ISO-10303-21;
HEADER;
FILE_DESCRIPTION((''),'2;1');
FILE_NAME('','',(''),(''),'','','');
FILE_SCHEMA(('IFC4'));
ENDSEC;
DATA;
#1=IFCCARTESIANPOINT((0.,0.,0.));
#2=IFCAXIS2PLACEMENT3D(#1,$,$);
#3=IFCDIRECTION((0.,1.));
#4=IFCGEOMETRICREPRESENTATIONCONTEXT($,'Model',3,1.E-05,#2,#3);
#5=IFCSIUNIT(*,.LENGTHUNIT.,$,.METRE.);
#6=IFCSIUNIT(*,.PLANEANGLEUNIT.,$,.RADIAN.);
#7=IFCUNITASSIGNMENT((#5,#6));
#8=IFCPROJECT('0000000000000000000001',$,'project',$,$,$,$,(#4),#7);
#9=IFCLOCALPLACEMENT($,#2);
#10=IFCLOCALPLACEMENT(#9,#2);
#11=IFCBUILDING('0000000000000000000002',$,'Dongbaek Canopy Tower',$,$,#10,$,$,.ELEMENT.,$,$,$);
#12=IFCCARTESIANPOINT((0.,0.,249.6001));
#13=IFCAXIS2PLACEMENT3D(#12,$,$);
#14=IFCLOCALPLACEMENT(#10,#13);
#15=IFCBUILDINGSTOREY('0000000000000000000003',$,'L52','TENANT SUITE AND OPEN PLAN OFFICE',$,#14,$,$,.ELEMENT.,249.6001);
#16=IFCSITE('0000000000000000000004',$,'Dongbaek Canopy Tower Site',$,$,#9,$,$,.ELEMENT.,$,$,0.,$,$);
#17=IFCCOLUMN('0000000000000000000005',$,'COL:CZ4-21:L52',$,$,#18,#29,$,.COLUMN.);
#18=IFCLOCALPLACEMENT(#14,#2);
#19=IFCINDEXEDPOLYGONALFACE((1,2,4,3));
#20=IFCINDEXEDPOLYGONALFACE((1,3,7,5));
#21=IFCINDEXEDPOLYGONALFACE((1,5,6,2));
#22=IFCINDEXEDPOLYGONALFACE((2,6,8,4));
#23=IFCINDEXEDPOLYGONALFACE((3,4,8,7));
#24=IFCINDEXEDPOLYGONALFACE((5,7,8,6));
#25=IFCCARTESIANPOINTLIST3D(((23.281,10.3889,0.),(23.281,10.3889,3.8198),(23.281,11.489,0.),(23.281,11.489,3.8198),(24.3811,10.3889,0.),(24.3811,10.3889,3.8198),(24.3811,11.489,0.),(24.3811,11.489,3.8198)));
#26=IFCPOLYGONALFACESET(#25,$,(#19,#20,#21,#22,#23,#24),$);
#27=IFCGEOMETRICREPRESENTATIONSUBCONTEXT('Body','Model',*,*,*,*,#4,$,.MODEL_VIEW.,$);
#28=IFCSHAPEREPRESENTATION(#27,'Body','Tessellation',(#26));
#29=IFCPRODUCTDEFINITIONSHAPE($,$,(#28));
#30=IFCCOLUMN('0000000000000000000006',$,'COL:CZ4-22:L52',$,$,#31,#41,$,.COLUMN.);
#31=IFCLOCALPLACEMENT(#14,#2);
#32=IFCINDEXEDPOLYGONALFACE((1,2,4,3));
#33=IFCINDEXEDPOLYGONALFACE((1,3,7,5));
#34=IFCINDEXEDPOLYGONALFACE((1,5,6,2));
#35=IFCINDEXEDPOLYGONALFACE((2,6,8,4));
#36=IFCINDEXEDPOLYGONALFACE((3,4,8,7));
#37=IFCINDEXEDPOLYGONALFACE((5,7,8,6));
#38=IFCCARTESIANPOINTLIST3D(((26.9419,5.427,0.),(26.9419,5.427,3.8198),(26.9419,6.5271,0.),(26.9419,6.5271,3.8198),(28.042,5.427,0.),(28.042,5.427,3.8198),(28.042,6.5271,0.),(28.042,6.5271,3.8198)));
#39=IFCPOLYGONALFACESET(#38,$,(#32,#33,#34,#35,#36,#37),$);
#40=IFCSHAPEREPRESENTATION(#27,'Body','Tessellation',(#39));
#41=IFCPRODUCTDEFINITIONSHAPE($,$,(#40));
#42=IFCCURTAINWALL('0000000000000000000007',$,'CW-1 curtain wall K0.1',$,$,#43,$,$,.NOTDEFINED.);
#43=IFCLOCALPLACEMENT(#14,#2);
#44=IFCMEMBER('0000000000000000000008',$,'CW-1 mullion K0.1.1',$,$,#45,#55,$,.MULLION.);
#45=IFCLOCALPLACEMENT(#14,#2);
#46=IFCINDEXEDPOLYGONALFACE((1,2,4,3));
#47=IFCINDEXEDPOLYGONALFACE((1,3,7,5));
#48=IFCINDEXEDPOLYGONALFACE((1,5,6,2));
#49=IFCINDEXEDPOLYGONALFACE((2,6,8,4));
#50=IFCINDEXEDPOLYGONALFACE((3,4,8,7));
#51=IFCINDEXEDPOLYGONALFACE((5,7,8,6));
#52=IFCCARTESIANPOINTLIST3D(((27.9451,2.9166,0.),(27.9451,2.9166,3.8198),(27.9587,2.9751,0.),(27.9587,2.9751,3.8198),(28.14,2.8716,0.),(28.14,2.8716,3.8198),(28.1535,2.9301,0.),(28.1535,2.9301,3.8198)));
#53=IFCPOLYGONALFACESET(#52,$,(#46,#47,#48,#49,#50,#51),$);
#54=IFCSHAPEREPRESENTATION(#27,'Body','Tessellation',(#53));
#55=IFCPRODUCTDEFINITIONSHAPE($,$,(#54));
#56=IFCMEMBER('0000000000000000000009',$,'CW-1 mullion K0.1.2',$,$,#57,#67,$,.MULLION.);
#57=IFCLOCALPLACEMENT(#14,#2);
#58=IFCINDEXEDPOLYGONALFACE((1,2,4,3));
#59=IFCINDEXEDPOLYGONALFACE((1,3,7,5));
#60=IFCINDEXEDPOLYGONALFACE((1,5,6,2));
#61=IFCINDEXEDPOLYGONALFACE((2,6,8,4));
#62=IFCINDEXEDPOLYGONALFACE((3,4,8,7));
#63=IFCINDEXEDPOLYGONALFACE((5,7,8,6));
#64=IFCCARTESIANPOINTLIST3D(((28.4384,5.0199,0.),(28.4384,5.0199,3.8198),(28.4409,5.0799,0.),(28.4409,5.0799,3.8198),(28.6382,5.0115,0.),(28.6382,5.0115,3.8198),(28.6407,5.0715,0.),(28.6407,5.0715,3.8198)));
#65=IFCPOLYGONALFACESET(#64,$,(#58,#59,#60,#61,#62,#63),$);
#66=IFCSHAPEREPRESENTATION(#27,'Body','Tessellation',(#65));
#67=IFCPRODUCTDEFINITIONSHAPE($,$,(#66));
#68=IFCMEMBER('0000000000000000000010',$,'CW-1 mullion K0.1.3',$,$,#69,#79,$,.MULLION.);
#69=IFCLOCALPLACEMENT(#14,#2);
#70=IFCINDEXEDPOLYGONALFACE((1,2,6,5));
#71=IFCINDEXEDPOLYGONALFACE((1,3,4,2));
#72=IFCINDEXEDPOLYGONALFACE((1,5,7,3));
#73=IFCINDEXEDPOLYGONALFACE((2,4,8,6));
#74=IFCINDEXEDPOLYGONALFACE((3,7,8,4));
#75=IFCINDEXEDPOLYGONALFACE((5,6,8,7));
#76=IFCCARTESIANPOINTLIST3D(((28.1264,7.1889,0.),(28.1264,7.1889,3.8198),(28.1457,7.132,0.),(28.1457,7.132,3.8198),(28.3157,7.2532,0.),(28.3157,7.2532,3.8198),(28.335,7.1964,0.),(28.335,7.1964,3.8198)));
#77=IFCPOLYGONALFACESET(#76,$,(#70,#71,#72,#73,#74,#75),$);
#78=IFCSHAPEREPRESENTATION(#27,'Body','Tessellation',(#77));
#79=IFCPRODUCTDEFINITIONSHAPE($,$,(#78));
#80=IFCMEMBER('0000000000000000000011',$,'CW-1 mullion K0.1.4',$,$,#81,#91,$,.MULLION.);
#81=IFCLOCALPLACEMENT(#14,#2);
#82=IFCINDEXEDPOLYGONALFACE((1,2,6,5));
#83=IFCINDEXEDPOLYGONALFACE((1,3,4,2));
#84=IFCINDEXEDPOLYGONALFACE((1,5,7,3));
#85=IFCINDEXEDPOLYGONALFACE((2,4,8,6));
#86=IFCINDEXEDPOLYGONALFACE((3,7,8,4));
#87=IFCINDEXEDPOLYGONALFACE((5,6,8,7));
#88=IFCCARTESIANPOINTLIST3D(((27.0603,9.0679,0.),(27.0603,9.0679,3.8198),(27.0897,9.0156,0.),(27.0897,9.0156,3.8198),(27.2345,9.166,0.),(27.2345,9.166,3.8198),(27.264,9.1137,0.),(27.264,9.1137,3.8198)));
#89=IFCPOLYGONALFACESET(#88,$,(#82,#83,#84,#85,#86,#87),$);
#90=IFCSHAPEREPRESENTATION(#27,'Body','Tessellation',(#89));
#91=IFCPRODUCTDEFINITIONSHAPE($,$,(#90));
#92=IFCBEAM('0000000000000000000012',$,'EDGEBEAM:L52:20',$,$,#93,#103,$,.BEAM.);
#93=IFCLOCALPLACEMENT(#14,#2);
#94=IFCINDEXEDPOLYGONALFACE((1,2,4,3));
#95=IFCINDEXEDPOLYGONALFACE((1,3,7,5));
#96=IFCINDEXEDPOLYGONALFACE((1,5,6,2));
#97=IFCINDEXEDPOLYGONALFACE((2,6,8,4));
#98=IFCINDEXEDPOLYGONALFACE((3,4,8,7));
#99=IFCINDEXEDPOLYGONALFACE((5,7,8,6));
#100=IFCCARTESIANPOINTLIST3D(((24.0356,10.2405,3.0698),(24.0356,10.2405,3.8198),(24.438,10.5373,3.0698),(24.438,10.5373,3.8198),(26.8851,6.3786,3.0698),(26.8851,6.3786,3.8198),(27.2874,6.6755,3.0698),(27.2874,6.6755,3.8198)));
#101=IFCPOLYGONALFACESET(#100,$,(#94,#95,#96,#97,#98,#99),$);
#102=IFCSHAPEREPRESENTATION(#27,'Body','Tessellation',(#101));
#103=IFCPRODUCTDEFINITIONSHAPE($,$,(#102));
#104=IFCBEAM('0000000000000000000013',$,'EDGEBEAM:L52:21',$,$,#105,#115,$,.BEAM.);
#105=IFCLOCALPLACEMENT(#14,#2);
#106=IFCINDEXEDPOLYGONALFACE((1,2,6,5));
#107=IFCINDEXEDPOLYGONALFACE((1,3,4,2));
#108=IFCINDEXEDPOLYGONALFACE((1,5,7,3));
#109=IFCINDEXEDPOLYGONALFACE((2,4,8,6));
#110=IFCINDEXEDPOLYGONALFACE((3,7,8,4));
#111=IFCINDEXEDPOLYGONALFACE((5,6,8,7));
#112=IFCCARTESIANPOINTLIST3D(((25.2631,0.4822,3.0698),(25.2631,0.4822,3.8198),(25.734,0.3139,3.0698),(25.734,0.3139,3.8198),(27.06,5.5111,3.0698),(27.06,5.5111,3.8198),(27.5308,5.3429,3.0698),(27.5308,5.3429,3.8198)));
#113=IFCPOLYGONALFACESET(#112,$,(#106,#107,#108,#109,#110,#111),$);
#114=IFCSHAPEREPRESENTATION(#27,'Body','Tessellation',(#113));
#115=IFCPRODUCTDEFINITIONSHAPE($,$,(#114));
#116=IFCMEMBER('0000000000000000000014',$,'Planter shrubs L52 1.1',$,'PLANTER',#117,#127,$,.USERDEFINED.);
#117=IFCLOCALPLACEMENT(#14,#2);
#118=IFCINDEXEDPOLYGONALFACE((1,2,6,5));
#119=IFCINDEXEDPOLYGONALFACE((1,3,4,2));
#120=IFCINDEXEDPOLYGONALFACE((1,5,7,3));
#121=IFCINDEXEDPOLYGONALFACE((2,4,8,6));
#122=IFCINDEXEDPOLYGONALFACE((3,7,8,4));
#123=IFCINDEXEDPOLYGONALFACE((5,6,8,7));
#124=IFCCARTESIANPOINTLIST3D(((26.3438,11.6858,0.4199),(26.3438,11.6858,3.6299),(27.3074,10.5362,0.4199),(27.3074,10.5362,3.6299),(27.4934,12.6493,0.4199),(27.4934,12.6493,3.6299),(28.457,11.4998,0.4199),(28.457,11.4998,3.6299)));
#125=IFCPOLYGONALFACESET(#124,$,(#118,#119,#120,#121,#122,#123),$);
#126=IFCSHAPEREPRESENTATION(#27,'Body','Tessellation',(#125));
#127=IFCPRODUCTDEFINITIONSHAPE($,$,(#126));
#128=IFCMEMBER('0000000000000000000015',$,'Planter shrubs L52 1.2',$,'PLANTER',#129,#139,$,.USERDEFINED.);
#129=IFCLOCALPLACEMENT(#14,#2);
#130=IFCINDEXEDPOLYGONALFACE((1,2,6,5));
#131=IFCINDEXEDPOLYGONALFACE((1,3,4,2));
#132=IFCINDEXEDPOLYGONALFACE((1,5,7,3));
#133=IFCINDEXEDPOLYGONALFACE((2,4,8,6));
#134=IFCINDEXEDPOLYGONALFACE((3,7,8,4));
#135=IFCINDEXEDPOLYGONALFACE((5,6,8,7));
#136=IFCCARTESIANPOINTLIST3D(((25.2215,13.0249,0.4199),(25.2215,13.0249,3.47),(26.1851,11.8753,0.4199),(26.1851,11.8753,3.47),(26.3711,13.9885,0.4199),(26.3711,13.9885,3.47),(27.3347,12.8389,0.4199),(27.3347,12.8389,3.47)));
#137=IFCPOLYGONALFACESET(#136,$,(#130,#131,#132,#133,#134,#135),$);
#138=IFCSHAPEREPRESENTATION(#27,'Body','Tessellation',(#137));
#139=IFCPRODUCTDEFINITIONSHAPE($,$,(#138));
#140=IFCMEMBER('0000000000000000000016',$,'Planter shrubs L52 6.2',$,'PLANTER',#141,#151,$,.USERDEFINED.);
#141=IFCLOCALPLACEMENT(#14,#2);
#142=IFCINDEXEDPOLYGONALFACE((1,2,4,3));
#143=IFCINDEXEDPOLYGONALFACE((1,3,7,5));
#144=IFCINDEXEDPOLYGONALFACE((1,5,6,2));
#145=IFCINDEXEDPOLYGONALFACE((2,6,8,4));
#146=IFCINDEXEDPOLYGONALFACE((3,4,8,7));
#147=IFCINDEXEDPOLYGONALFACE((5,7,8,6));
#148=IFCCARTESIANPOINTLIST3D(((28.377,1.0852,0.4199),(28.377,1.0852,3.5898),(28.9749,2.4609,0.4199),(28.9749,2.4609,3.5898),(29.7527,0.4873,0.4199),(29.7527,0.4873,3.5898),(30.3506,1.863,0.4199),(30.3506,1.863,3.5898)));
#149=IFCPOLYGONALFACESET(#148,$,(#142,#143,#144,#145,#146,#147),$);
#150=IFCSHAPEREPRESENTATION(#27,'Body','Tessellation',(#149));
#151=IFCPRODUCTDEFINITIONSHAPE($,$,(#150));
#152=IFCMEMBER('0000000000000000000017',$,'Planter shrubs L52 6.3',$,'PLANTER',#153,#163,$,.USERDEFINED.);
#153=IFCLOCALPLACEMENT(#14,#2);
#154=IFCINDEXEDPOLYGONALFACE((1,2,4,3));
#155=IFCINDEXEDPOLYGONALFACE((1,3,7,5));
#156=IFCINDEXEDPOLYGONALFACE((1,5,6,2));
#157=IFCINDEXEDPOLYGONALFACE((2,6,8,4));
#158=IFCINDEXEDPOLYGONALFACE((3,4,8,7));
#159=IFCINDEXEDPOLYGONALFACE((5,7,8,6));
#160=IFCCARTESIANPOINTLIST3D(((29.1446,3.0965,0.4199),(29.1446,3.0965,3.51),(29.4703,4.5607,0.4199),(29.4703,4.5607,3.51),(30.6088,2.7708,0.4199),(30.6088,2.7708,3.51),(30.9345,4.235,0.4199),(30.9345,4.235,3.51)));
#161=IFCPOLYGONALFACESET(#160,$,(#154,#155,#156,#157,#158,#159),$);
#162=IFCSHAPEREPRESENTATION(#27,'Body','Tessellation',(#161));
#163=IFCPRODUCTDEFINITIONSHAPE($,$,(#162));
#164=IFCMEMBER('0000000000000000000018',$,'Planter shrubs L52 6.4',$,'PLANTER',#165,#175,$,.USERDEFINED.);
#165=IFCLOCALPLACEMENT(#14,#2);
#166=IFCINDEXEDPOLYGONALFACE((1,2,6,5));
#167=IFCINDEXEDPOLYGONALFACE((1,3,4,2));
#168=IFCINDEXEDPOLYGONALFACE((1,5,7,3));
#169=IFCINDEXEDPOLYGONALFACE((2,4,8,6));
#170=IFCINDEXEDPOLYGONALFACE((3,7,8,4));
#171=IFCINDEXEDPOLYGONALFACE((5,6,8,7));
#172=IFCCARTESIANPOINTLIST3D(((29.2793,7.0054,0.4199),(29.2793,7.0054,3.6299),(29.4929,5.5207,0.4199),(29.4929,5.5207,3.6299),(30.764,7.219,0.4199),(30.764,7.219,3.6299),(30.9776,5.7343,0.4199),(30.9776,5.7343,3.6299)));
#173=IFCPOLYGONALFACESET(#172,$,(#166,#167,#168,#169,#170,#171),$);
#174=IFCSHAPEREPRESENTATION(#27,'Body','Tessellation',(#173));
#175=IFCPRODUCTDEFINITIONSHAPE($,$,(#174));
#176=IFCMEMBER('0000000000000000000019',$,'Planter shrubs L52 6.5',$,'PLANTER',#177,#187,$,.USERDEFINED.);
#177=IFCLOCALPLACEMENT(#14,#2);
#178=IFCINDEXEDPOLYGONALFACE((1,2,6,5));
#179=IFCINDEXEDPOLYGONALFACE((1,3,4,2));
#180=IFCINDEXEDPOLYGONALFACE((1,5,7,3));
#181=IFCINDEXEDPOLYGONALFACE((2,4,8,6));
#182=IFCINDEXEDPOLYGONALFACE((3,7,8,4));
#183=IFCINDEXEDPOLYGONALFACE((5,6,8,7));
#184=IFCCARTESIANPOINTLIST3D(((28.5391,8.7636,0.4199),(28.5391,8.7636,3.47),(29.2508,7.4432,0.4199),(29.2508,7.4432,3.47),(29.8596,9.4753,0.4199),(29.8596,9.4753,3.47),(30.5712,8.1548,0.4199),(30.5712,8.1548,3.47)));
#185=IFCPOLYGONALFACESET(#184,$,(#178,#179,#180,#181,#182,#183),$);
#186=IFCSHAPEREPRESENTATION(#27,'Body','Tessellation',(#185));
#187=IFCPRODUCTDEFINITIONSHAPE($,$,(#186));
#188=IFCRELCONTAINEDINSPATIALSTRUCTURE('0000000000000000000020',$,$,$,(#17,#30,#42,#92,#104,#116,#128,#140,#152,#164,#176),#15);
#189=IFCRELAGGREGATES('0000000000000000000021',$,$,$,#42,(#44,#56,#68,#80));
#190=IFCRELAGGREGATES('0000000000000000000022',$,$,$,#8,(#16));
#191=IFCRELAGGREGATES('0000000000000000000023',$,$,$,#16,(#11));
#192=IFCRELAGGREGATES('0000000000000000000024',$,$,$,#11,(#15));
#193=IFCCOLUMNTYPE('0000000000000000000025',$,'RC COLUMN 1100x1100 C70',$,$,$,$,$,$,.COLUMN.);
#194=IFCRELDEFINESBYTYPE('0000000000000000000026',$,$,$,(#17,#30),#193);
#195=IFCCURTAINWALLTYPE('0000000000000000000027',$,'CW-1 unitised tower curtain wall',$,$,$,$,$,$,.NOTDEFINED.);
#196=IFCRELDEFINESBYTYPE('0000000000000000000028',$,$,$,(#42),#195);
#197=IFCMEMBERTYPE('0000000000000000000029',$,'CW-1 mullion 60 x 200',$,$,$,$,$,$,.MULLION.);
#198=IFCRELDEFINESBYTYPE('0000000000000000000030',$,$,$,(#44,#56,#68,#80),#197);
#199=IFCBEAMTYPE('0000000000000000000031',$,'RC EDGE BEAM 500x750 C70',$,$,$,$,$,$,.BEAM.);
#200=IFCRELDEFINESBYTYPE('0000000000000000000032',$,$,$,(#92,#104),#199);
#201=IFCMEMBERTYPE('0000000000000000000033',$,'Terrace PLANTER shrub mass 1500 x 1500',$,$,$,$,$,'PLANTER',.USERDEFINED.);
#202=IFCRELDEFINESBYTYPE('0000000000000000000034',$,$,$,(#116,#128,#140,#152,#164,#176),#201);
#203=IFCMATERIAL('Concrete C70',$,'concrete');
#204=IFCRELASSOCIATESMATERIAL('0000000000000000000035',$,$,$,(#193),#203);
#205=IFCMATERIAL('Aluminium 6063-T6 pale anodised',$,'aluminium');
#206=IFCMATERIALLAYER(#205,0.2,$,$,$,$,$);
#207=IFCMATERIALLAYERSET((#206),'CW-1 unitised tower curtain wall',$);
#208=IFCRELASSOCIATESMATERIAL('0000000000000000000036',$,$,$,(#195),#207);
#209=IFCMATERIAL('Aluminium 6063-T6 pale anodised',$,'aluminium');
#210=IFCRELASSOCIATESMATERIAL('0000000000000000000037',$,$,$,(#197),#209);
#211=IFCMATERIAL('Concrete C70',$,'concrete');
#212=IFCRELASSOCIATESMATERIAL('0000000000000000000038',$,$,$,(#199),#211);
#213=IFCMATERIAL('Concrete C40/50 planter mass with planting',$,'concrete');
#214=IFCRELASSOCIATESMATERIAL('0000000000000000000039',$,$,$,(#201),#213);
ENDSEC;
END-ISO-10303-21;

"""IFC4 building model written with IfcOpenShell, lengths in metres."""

from ifc_helpers import new_model, si_unit, direction, frame, origin, origin_2d, place, context, subcontext, project, spatial, rectangle, extrude, material, layer, layer_set, material_profile, profile_set, type_object, element, aggregate, save


model = new_model("IFC4")

# Units and contexts
model_context = context("Model", 3, precision=1e-05, world=origin(), true_north=direction((0.0, 1.0)))
body_context = subcontext(model_context, "Body", "Model", "MODEL_VIEW")
ifc_project = project(units=[si_unit("LENGTHUNIT", "METRE"), si_unit("PLANEANGLEUNIT", "RADIAN")], contexts=[model_context])

# Site, building, storey
site_placement = place(None, origin())
site = spatial("IfcSite", under=ifc_project, at=site_placement, Name="Dongbaek Canopy Tower Site", CompositionType="ELEMENT", RefElevation=0.0)
building_placement = place(site_placement, origin())
building = spatial("IfcBuilding", under=site, at=building_placement, Name="Dongbaek Canopy Tower", CompositionType="ELEMENT")
storey_placement = place(building_placement, frame((0.0, 0.0, 249.6001)))
storey = spatial("IfcBuildingStorey", under=building, at=storey_placement, Name="L52", Description="TENANT SUITE AND OPEN PLAN OFFICE", CompositionType="ELEMENT", Elevation=249.6001)

# Columns
ifc_material_1 = material(Name="Concrete C70", Category="concrete")
ifc_material_profile_1 = material_profile(ifc_material_1, rectangle(XDim=1.1001, YDim=1.1001, at=origin_2d()), Name="RC COLUMN 1100x1100 C70")
ifc_profile_set_1 = profile_set([ifc_material_profile_1], Name="Concrete C70")
column_type = type_object("IfcColumnType", Name="RC COLUMN 1100x1100 C70", PredefinedType="COLUMN", material=ifc_profile_set_1)
for number, where, z_axis, x_axis, name in (
    (1, (23.8311, 10.939, 0.0), (0.0, 0.0, 1.0), (1.0, 0.0, 0.0), "COL:CZ4-21:L52"),
    (2, (27.4919, 5.9771, 0.0), (0.0, 0.0, 1.0), (1.0, 0.0, 0.0), "COL:CZ4-22:L52"),
):
    element("IfcColumn", number, at=place(storey_placement, frame(where, z_axis=z_axis, x_axis=x_axis)), inside=storey, type_object=column_type, Name=name, PredefinedType="COLUMN", context=body_context, shape_type="SweptSolid", body=[
        extrude(rectangle(XDim=1.1001, YDim=1.1001, at=origin_2d()), origin(), (0.0, 0.0, 1.0), 3.8198),
    ])

# Curtain wall, members
ifc_material_2 = material(Name="Aluminium 6063-T6 pale anodised", Category="aluminium")
ifc_layer_1 = layer(ifc_material_2, 0.2)
ifc_layer_set_1 = layer_set([ifc_layer_1], Name="CW-1 unitised tower curtain wall")
curtain_wall_type = type_object("IfcCurtainWallType", Name="CW-1 unitised tower curtain wall", PredefinedType="NOTDEFINED", material=ifc_layer_set_1)
curtain_wall_placement = place(storey_placement, origin())
curtain_wall = element("IfcCurtainWall", 3, at=curtain_wall_placement, inside=storey, type_object=curtain_wall_type, Name="CW-1 curtain wall K0.1", PredefinedType="NOTDEFINED")
ifc_material_3 = material(Name="Aluminium 6063-T6 pale anodised", Category="aluminium")
ifc_material_profile_2 = material_profile(ifc_material_3, rectangle(XDim=0.2, YDim=0.0601, at=origin_2d()), Name="CW-1 mullion 60 x 200")
ifc_profile_set_2 = profile_set([ifc_material_profile_2], Name="Aluminium 6063-T6 pale anodised")
member_type_1 = type_object("IfcMemberType", Name="CW-1 mullion 60 x 200", PredefinedType="MULLION", material=ifc_profile_set_2)
member_1_placement = place(storey_placement, frame((28.0493, 2.9233, 0.0), z_axis=(0.0, 0.0, 1.0), x_axis=(0.974362, -0.224987, 0.0)))
member_1 = element("IfcMember", 4, at=member_1_placement, type_object=member_type_1, Name="CW-1 mullion K0.1.1", PredefinedType="MULLION", context=body_context, shape_type="SweptSolid", body=[
    extrude(rectangle(XDim=0.2, YDim=0.0601, at=origin_2d()), origin(), (0.0, 0.0, 1.0), 3.8198),
])
member_2_placement = place(storey_placement, frame((28.5396, 5.0457, 0.0), z_axis=(0.0, 0.0, 1.0), x_axis=(0.999117, -0.042008, 0.0)))
member_2 = element("IfcMember", 5, at=member_2_placement, type_object=member_type_1, Name="CW-1 mullion K0.1.2", PredefinedType="MULLION", context=body_context, shape_type="SweptSolid", body=[
    extrude(rectangle(XDim=0.2, YDim=0.0601, at=origin_2d()), origin(), (0.0, 0.0, 1.0), 3.8198),
])
member_3_placement = place(storey_placement, frame((28.2307, 7.1926, 0.0), z_axis=(0.0, 0.0, 1.0), x_axis=(0.946754, 0.321959, 0.0)))
member_3 = element("IfcMember", 6, at=member_3_placement, type_object=member_type_1, Name="CW-1 mullion K0.1.3", PredefinedType="MULLION", context=body_context, shape_type="SweptSolid", body=[
    extrude(rectangle(XDim=0.2, YDim=0.0601, at=origin_2d()), origin(), (0.0, 0.0, 1.0), 3.8198),
])
member_4_placement = place(storey_placement, frame((27.1621, 9.0908, 0.0), z_axis=(0.0, 0.0, 1.0), x_axis=(0.87142, 0.490538, 0.0)))
member_4 = element("IfcMember", 7, at=member_4_placement, type_object=member_type_1, Name="CW-1 mullion K0.1.4", PredefinedType="MULLION", context=body_context, shape_type="SweptSolid", body=[
    extrude(rectangle(XDim=0.2, YDim=0.0601, at=origin_2d()), origin(), (0.0, 0.0, 1.0), 3.8198),
])

# Beams
ifc_material_4 = material(Name="Concrete C70", Category="concrete")
ifc_material_profile_3 = material_profile(ifc_material_4, rectangle(XDim=0.5, YDim=0.75, at=origin_2d()), Name="RC EDGE BEAM 500x750 C70")
ifc_profile_set_3 = profile_set([ifc_material_profile_3], Name="Concrete C70")
beam_type = type_object("IfcBeamType", Name="RC EDGE BEAM 500x750 C70", PredefinedType="BEAM", material=ifc_profile_set_3)
beam_1_placement = place(storey_placement, frame((24.2368, 10.3889, 3.4448), z_axis=(0.593714, -0.804676, 0.0), x_axis=(0.804676, 0.593714, 0.0)))
element("IfcBeam", 8, at=beam_1_placement, inside=storey, type_object=beam_type, Name="EDGEBEAM:L52:20", PredefinedType="BEAM", context=body_context, shape_type="SweptSolid", body=[
    extrude(rectangle(XDim=0.5, YDim=0.75, at=origin_2d()), origin(), (0.0, 0.0, 1.0), 4.7993),
])
beam_2_placement = place(storey_placement, frame((27.2954, 5.427, 3.4448), z_axis=(-0.336467, -0.941695, 0.0), x_axis=(0.941695, -0.336467, 0.0)))
element("IfcBeam", 9, at=beam_2_placement, inside=storey, type_object=beam_type, Name="EDGEBEAM:L52:21", PredefinedType="BEAM", context=body_context, shape_type="SweptSolid", body=[
    extrude(rectangle(XDim=0.5, YDim=0.75, at=origin_2d()), origin(), (0.0, 0.0, 1.0), 5.3403),
])

# Members
ifc_material_5 = material(Name="Concrete C40/50 planter mass with planting", Category="concrete")
ifc_material_profile_4 = material_profile(ifc_material_5, rectangle(XDim=1.5, YDim=1.5, at=origin_2d()), Name="Terrace PLANTER shrub mass 1500 x 1500")
ifc_profile_set_4 = profile_set([ifc_material_profile_4], Name="Concrete C40/50 planter mass with planting")
member_type_2 = type_object("IfcMemberType", Name="Terrace PLANTER shrub mass 1500 x 1500", ElementType="PLANTER", PredefinedType="USERDEFINED", material=ifc_profile_set_4)
member_5_placement = place(storey_placement, frame((27.4004, 11.5928, 0.4199), z_axis=(0.0, 0.0, 1.0), x_axis=(0.766375, 0.642393, 0.0)))
element("IfcMember", 10, at=member_5_placement, inside=storey, type_object=member_type_2, Name="Planter shrubs L52 1.1", ObjectType="PLANTER", PredefinedType="USERDEFINED", context=body_context, shape_type="SweptSolid", body=[
    extrude(rectangle(XDim=1.5, YDim=1.5, at=origin_2d()), origin(), (0.0, 0.0, 1.0), 3.21),
])
member_6_placement = place(storey_placement, frame((26.2781, 12.9319, 0.4199), z_axis=(0.0, 0.0, 1.0), x_axis=(0.766375, 0.642393, 0.0)))
element("IfcMember", 11, at=member_6_placement, inside=storey, type_object=member_type_2, Name="Planter shrubs L52 1.2", ObjectType="PLANTER", PredefinedType="USERDEFINED", context=body_context, shape_type="SweptSolid", body=[
    extrude(rectangle(XDim=1.5, YDim=1.5, at=origin_2d()), origin(), (0.0, 0.0, 1.0), 3.05),
])
member_7_placement = place(storey_placement, frame((29.3638, 1.4741, 0.4199), z_axis=(0.0, 0.0, 1.0), x_axis=(0.917131, -0.398585, 0.0)))
element("IfcMember", 12, at=member_7_placement, inside=storey, type_object=member_type_2, Name="Planter shrubs L52 6.2", ObjectType="PLANTER", PredefinedType="USERDEFINED", context=body_context, shape_type="SweptSolid", body=[
    extrude(rectangle(XDim=1.5, YDim=1.5, at=origin_2d()), origin(), (0.0, 0.0, 1.0), 3.1699),
])
member_8_placement = place(storey_placement, frame((30.0396, 3.6658, 0.4199), z_axis=(0.0, 0.0, 1.0), x_axis=(0.976147, -0.21711, 0.0)))
element("IfcMember", 13, at=member_8_placement, inside=storey, type_object=member_type_2, Name="Planter shrubs L52 6.3", ObjectType="PLANTER", PredefinedType="USERDEFINED", context=body_context, shape_type="SweptSolid", body=[
    extrude(rectangle(XDim=1.5, YDim=1.5, at=origin_2d()), origin(), (0.0, 0.0, 1.0), 3.0901),
])
member_9_placement = place(storey_placement, frame((30.1284, 6.3699, 0.4199), z_axis=(0.0, 0.0, 1.0), x_axis=(0.989809, 0.142403, 0.0)))
element("IfcMember", 14, at=member_9_placement, inside=storey, type_object=member_type_2, Name="Planter shrubs L52 6.4", ObjectType="PLANTER", PredefinedType="USERDEFINED", context=body_context, shape_type="SweptSolid", body=[
    extrude(rectangle(XDim=1.5, YDim=1.5, at=origin_2d()), origin(), (0.0, 0.0, 1.0), 3.21),
])
member_10_placement = place(storey_placement, frame((29.5552, 8.4592, 0.4199), z_axis=(0.0, 0.0, 1.0), x_axis=(0.880289, 0.474437, 0.0)))
element("IfcMember", 15, at=member_10_placement, inside=storey, type_object=member_type_2, Name="Planter shrubs L52 6.5", ObjectType="PLANTER", PredefinedType="USERDEFINED", context=body_context, shape_type="SweptSolid", body=[
    extrude(rectangle(XDim=1.5, YDim=1.5, at=origin_2d()), origin(), (0.0, 0.0, 1.0), 3.05),
])

aggregate(curtain_wall, [member_1, member_2, member_3, member_4])

save(model, "model.ifc")
